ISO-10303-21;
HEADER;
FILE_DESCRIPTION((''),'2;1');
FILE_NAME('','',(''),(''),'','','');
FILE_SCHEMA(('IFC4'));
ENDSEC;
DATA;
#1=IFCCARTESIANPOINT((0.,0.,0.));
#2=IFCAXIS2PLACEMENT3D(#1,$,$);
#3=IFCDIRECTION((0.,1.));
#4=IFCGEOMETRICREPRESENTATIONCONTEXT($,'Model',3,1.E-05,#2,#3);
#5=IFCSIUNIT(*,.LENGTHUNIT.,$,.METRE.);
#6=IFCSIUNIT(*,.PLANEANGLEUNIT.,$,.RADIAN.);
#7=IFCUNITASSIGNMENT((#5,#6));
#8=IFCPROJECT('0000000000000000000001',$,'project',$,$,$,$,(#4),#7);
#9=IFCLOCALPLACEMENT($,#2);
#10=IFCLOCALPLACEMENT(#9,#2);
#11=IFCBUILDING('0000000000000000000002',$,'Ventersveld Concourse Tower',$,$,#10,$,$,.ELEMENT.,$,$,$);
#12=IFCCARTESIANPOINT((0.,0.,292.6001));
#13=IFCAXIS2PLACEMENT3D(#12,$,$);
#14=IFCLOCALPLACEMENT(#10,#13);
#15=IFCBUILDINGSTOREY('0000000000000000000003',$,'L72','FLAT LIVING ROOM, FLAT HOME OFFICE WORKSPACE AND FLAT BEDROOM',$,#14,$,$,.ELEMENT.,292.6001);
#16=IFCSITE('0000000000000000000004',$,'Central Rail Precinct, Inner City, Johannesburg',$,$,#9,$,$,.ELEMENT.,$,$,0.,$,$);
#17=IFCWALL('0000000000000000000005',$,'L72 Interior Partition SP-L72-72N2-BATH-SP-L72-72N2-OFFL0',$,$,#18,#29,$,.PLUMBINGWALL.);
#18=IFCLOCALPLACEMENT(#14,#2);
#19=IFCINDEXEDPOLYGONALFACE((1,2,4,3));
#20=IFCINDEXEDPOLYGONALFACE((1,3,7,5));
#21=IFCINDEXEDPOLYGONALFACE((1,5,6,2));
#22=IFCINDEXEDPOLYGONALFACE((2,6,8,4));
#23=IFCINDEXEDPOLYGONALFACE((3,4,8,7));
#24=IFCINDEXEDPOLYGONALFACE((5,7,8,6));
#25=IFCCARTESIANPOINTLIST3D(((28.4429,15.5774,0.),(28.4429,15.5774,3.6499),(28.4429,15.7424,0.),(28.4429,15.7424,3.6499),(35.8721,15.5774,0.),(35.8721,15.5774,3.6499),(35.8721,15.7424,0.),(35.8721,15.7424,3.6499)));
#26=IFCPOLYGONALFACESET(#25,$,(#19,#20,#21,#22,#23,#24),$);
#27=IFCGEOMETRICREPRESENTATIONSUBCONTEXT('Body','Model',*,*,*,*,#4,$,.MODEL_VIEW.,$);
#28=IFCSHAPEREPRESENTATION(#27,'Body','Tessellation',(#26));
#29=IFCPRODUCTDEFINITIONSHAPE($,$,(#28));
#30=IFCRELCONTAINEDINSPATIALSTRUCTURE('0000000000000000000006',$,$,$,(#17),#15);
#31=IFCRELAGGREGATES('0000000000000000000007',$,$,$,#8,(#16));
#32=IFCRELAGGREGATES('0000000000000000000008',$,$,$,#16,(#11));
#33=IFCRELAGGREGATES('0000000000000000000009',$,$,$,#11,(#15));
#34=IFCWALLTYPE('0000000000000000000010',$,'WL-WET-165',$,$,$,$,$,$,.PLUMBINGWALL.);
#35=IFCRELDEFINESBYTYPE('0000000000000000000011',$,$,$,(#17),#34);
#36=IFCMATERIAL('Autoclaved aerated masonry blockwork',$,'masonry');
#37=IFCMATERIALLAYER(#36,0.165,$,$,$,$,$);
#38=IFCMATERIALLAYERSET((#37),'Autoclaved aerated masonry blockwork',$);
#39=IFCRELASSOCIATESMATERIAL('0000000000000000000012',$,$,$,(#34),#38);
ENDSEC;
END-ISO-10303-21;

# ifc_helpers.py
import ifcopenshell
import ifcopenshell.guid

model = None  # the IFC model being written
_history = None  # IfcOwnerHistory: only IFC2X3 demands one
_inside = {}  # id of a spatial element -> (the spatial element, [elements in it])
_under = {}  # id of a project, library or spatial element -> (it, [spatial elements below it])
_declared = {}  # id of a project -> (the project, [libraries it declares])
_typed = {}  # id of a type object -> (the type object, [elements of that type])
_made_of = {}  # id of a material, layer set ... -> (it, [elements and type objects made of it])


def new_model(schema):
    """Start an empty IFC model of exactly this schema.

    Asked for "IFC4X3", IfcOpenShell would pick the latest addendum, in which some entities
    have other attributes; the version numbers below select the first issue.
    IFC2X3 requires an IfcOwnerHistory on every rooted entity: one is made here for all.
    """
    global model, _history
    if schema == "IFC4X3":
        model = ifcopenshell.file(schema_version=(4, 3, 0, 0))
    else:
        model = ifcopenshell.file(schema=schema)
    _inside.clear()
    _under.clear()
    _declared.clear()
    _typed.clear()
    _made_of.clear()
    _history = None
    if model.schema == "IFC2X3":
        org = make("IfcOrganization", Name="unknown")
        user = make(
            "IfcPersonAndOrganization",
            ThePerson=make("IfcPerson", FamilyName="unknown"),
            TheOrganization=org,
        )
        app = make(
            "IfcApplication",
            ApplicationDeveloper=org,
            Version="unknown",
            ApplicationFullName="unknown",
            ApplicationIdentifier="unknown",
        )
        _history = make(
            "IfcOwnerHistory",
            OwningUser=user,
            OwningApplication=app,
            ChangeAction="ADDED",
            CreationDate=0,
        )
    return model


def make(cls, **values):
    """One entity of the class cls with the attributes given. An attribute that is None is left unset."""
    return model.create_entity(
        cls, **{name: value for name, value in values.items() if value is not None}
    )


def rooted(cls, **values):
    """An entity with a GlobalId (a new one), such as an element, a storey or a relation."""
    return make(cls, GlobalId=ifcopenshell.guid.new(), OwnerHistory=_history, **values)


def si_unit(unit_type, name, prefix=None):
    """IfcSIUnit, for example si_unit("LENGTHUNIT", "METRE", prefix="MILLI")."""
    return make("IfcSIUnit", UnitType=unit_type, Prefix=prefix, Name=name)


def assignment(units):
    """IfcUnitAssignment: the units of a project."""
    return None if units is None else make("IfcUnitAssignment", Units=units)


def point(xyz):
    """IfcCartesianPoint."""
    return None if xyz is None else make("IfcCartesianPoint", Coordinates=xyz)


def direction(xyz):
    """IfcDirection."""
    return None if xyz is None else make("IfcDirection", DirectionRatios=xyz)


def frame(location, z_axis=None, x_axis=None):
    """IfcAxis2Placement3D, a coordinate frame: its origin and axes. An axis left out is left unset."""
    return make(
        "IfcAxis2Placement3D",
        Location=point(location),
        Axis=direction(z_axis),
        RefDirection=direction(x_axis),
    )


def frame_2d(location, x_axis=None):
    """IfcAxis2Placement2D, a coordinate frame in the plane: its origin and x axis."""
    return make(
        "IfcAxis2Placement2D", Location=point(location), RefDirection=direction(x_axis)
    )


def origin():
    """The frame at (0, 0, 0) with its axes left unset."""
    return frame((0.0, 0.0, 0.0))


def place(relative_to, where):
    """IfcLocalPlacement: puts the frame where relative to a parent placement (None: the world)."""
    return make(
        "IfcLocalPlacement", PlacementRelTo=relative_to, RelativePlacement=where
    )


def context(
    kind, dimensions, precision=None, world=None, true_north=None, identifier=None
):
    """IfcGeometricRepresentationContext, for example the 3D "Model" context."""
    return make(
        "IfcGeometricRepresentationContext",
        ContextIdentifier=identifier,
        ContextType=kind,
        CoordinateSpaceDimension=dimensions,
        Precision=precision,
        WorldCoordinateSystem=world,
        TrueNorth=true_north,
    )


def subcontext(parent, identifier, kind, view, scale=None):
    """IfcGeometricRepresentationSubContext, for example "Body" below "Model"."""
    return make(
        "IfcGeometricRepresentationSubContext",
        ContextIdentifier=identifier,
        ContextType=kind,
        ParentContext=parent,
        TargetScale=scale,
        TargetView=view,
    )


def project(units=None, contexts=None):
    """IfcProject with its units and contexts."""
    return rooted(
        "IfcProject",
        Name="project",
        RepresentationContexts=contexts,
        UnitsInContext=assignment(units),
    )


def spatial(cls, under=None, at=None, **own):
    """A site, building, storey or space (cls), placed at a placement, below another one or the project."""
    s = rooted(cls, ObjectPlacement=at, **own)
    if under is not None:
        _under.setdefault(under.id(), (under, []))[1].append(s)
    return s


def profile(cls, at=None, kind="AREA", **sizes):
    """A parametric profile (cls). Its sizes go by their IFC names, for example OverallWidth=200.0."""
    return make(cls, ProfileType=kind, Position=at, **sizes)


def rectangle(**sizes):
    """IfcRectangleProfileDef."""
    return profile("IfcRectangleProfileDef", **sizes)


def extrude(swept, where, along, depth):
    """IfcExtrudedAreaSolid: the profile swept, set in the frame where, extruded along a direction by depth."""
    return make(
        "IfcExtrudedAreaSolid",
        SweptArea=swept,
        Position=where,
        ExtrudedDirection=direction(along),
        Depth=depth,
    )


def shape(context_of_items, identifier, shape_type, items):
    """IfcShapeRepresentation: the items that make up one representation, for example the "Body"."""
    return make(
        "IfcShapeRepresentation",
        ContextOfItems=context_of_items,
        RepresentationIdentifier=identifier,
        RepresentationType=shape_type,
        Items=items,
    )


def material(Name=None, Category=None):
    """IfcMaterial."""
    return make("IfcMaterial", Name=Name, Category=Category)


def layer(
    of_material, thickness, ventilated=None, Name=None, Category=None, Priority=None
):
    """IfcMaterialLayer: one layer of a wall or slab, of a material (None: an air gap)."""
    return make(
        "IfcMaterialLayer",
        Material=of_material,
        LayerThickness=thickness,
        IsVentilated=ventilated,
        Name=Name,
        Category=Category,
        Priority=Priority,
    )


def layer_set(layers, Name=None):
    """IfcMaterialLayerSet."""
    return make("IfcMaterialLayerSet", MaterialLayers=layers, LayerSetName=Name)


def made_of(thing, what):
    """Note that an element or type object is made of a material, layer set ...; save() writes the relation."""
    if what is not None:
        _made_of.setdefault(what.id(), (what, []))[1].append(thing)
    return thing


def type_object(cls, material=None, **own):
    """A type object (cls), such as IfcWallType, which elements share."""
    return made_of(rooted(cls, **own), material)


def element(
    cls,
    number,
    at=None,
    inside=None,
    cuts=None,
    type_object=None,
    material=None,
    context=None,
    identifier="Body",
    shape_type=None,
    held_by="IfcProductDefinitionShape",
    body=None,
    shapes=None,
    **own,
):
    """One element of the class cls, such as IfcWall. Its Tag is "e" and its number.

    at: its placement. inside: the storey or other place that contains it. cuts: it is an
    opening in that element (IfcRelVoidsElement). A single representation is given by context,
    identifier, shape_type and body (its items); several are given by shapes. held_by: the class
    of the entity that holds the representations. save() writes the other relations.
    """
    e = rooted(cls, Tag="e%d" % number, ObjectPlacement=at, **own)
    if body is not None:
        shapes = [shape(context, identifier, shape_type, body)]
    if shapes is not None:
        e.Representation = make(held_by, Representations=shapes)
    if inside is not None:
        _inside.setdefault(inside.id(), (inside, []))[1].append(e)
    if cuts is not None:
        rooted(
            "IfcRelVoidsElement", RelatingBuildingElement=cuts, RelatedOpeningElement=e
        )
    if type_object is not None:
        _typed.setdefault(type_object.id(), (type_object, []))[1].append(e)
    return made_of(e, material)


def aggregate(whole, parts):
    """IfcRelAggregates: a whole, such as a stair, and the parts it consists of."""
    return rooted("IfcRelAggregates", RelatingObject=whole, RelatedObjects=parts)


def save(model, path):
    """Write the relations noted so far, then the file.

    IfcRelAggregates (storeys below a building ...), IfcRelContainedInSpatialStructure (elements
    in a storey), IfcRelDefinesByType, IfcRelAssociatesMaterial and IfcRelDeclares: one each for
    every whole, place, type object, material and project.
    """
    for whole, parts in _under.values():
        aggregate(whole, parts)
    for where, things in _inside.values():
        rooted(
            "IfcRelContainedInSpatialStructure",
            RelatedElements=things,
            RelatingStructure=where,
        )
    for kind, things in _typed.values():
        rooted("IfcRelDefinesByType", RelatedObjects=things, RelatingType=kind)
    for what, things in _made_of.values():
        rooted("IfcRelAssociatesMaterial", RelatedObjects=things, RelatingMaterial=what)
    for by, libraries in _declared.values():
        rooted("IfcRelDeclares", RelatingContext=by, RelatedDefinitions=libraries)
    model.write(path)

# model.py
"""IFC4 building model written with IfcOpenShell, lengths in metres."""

from ifc_helpers import new_model, si_unit, direction, frame, frame_2d, origin, place, context, subcontext, project, spatial, rectangle, extrude, material, layer, layer_set, type_object, element, save


model = new_model("IFC4")

# Units and contexts
model_context = context("Model", 3, precision=1e-05, world=origin(), true_north=direction((0.0, 1.0)))
body_context = subcontext(model_context, "Body", "Model", "MODEL_VIEW")
ifc_project = project(units=[si_unit("LENGTHUNIT", "METRE"), si_unit("PLANEANGLEUNIT", "RADIAN")], contexts=[model_context])

# Site, building, storey
site_placement = place(None, origin())
site = spatial("IfcSite", under=ifc_project, at=site_placement, Name="Central Rail Precinct, Inner City, Johannesburg", CompositionType="ELEMENT", RefElevation=0.0)
building_placement = place(site_placement, origin())
building = spatial("IfcBuilding", under=site, at=building_placement, Name="Ventersveld Concourse Tower", CompositionType="ELEMENT")
storey_placement = place(building_placement, frame((0.0, 0.0, 292.6001)))
storey = spatial("IfcBuildingStorey", under=building, at=storey_placement, Name="L72", Description="FLAT LIVING ROOM, FLAT HOME OFFICE WORKSPACE AND FLAT BEDROOM", CompositionType="ELEMENT", Elevation=292.6001)

# Shared definitions
ifc_material_1 = material(Name="Autoclaved aerated masonry blockwork", Category="masonry")

# Shared definitions
ifc_layer_1 = layer(ifc_material_1, 0.165)
ifc_layer_set_1 = layer_set([ifc_layer_1], Name="Autoclaved aerated masonry blockwork")
wall_type_1 = type_object("IfcWallType", Name="WL-WET-165", PredefinedType="PLUMBINGWALL", material=ifc_layer_set_1)

# Wall
wall_1_placement = place(storey_placement, frame((28.4429, 15.6599, 0.0), z_axis=(0.0, 0.0, 1.0), x_axis=(1.0, 0.0, 0.0)))
element("IfcWall", 1, at=wall_1_placement, inside=storey, type_object=wall_type_1, Name="L72 Interior Partition SP-L72-72N2-BATH-SP-L72-72N2-OFFL0", PredefinedType="PLUMBINGWALL", context=body_context, shape_type="SweptSolid", body=[
    extrude(rectangle(XDim=7.4292, YDim=0.165, at=frame_2d((3.7146, 0.0))), origin(), (0.0, 0.0, 1.0), 3.6499),
])

save(model, "model.ifc")
